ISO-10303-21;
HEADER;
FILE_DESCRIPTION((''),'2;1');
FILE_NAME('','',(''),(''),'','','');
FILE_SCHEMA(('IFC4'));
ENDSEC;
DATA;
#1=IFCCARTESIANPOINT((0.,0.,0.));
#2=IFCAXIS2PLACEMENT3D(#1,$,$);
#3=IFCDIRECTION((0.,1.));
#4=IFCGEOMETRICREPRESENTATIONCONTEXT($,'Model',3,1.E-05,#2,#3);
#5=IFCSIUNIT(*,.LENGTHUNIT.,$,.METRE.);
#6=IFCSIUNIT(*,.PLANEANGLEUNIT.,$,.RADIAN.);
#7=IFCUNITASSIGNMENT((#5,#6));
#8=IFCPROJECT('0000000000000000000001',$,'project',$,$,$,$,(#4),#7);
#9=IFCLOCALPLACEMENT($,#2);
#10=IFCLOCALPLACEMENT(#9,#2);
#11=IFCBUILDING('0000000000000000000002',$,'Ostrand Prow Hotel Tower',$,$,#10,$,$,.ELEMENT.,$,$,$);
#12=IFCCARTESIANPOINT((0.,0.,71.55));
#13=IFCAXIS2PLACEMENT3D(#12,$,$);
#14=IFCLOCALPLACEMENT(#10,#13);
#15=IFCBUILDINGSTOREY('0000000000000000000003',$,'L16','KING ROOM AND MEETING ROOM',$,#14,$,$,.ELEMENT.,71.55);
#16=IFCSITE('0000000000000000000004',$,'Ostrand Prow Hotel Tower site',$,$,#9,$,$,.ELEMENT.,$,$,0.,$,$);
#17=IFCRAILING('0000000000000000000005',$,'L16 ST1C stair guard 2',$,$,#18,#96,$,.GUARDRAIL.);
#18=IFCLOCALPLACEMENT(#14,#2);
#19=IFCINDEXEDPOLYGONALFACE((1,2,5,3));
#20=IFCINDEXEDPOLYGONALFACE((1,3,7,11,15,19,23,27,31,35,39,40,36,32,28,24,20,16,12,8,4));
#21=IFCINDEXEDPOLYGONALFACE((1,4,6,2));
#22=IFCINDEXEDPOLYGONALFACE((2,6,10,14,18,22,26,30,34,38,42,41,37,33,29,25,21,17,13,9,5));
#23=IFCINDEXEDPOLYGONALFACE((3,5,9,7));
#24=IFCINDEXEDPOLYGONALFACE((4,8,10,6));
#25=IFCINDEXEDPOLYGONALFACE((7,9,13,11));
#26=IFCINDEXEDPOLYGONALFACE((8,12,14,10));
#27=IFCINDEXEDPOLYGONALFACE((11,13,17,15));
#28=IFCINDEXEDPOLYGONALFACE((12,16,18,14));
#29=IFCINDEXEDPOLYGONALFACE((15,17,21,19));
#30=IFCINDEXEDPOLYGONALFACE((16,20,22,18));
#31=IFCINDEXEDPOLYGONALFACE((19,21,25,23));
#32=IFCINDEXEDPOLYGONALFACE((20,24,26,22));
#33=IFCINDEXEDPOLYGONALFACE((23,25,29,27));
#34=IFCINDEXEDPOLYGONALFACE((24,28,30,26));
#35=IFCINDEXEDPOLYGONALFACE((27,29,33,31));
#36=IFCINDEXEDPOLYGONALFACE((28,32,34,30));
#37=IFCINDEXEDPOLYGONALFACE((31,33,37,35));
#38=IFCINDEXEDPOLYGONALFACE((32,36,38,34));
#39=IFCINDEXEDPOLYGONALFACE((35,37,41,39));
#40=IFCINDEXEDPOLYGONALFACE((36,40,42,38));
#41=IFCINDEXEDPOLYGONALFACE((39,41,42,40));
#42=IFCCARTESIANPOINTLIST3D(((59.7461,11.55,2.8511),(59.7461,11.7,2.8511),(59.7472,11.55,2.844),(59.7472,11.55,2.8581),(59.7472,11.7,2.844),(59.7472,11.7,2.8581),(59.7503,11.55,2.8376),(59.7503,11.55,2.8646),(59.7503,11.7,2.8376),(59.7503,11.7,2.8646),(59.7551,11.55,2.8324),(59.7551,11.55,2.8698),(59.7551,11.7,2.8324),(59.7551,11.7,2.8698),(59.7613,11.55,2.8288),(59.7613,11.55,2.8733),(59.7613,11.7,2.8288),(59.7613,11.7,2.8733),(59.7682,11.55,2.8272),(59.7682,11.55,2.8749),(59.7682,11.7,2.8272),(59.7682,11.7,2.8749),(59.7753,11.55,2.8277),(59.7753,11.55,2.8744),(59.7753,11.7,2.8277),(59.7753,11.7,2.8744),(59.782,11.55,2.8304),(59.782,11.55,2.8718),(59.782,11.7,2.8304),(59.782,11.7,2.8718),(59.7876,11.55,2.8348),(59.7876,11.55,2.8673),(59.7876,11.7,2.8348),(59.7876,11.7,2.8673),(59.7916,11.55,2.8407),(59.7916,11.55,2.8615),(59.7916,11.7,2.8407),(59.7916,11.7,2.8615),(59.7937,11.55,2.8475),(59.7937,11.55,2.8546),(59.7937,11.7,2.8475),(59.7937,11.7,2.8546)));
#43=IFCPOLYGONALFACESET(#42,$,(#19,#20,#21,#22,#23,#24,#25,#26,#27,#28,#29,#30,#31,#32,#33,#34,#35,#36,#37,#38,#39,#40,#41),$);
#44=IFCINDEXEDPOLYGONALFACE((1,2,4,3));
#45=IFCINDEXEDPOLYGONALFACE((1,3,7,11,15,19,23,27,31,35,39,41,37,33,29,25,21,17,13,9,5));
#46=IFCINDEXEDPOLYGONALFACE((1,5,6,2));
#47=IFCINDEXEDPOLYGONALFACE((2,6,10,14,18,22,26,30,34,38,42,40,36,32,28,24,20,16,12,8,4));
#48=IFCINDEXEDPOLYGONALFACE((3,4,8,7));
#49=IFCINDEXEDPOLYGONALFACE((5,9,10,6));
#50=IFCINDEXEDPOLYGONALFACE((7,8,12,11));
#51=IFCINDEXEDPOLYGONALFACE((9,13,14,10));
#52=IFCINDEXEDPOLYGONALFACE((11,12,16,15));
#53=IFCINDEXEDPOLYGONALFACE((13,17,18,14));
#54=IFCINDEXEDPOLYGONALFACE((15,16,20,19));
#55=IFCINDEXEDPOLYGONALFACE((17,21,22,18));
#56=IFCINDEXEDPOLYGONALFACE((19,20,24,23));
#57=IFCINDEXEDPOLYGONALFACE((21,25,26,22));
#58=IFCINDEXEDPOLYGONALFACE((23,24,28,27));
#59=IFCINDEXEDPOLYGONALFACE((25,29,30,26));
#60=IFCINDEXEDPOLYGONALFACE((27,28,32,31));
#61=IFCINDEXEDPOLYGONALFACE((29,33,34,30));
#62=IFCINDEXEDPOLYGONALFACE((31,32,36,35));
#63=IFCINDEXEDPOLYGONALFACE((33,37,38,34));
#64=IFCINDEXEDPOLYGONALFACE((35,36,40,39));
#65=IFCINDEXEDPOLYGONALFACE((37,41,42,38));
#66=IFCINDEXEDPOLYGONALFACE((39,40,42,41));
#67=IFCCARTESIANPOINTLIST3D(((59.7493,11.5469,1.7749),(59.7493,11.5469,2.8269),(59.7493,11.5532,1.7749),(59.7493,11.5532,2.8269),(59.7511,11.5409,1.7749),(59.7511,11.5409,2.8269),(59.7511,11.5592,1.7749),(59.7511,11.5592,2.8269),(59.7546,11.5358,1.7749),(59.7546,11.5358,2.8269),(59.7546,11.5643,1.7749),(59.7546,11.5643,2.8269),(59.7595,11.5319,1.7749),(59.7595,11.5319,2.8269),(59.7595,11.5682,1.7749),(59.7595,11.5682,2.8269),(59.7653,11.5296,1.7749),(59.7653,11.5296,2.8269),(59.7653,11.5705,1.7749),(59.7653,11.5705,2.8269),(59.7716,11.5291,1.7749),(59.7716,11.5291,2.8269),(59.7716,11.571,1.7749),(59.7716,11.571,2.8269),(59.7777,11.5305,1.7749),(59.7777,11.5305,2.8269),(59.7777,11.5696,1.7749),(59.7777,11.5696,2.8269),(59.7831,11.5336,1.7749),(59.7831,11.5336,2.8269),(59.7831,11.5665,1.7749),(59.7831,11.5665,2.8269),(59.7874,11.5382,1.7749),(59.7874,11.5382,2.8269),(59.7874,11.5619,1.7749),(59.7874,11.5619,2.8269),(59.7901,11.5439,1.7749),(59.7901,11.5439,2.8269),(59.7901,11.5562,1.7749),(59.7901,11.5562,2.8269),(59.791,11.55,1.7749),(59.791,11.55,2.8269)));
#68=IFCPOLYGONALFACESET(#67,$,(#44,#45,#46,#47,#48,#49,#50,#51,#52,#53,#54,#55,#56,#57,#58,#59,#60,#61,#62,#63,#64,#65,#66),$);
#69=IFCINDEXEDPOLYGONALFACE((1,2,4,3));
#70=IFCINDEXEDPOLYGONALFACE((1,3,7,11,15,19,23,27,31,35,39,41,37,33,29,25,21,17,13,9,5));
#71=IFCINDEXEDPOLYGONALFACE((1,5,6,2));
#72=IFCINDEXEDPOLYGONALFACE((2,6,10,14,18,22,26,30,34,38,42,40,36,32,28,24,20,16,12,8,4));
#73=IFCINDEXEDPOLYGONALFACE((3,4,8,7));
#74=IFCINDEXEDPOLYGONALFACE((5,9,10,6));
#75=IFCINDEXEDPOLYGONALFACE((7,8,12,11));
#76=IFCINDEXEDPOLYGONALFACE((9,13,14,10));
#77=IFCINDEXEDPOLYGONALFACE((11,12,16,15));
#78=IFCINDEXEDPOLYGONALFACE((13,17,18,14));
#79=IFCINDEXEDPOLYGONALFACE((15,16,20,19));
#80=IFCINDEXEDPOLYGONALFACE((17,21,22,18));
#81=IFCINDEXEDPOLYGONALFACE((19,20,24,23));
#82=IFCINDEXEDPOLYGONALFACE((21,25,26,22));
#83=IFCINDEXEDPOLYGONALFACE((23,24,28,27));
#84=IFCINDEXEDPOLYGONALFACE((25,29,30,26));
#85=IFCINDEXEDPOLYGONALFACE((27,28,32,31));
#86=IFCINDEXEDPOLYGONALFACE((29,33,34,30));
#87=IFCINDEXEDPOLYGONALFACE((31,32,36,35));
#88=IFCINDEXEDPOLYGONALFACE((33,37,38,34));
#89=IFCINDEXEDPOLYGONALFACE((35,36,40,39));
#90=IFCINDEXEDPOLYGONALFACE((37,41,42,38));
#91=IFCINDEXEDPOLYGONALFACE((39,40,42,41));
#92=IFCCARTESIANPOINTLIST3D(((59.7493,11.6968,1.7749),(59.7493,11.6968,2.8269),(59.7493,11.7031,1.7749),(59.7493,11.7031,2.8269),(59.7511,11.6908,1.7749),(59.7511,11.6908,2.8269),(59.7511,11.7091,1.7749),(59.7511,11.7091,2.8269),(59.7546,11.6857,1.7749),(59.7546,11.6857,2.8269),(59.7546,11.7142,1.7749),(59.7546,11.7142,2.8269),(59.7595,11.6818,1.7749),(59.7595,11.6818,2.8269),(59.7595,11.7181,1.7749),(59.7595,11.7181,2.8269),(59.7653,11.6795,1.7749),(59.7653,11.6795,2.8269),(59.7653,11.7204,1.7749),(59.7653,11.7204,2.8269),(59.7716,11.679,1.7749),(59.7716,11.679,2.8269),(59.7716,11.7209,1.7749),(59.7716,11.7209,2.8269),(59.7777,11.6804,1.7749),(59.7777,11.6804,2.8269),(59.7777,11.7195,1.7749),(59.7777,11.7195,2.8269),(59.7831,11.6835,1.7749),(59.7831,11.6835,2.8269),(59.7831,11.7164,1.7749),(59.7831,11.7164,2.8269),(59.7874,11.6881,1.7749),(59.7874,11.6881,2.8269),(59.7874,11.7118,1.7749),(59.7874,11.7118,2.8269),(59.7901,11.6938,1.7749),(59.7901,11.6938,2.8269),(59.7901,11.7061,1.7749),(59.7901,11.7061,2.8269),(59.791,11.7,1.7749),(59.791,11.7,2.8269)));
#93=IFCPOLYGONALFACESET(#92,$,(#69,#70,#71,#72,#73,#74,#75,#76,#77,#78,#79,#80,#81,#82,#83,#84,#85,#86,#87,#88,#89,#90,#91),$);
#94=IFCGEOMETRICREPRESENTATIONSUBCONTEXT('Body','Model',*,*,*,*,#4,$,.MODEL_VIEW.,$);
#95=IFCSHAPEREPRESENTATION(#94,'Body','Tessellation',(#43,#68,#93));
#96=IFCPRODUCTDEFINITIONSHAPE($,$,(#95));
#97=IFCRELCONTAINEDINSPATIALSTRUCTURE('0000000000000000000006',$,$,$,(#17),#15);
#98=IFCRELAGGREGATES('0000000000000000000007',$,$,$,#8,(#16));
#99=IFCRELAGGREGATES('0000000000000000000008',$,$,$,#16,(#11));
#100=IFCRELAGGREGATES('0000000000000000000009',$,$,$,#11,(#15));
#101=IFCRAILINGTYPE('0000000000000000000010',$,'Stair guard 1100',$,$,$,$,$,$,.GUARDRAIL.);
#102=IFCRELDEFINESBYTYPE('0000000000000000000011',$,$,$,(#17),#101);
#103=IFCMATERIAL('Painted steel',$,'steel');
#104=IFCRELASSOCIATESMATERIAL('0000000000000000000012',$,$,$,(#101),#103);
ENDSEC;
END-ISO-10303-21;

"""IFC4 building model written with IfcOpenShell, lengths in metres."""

from ifc_helpers import new_model, si_unit, direction, frame, origin, origin_2d, place, context, subcontext, project, spatial, circle, extrude, material, type_object, element, save


model = new_model("IFC4")

# Units and contexts
model_context = context("Model", 3, precision=1e-05, world=origin(), true_north=direction((0.0, 1.0)))
body_context = subcontext(model_context, "Body", "Model", "MODEL_VIEW")
ifc_project = project(units=[si_unit("LENGTHUNIT", "METRE"), si_unit("PLANEANGLEUNIT", "RADIAN")], contexts=[model_context])

# Site, building, storey
site_placement = place(None, origin())
site = spatial("IfcSite", under=ifc_project, at=site_placement, Name="Ostrand Prow Hotel Tower site", CompositionType="ELEMENT", RefElevation=0.0)
building_placement = place(site_placement, origin())
building = spatial("IfcBuilding", under=site, at=building_placement, Name="Ostrand Prow Hotel Tower", CompositionType="ELEMENT")
storey_placement = place(building_placement, frame((0.0, 0.0, 71.55)))
storey = spatial("IfcBuildingStorey", under=building, at=storey_placement, Name="L16", Description="KING ROOM AND MEETING ROOM", CompositionType="ELEMENT", Elevation=71.55)

# Railing
ifc_material_1 = material(Name="Painted steel", Category="steel")
railing_type_1 = type_object("IfcRailingType", Name="Stair guard 1100", PredefinedType="GUARDRAIL", material=ifc_material_1)
railing_1_placement = place(storey_placement, frame((59.77, 11.55, 1.7749)))
element("IfcRailing", 1, at=railing_1_placement, inside=storey, type_object=railing_type_1, Name="L16 ST1C stair guard 2", PredefinedType="GUARDRAIL", context=body_context, shape_type="SweptSolid", body=[
    extrude(circle(Radius=0.0239, at=origin_2d()), frame((0.0, 0.0, 1.0762), z_axis=(0.0, 1.0, 0.0), x_axis=(-1.0, 0.0, 0.0)), (0.0, 0.0, 1.0), 0.1499),
    extrude(circle(Radius=0.021, at=origin_2d()), origin(), (0.0, 0.0, 1.0), 1.052),
    extrude(circle(Radius=0.021, at=origin_2d()), frame((0.0, 0.1499, 0.0)), (0.0, 0.0, 1.0), 1.052),
])

save(model, "model.ifc")
